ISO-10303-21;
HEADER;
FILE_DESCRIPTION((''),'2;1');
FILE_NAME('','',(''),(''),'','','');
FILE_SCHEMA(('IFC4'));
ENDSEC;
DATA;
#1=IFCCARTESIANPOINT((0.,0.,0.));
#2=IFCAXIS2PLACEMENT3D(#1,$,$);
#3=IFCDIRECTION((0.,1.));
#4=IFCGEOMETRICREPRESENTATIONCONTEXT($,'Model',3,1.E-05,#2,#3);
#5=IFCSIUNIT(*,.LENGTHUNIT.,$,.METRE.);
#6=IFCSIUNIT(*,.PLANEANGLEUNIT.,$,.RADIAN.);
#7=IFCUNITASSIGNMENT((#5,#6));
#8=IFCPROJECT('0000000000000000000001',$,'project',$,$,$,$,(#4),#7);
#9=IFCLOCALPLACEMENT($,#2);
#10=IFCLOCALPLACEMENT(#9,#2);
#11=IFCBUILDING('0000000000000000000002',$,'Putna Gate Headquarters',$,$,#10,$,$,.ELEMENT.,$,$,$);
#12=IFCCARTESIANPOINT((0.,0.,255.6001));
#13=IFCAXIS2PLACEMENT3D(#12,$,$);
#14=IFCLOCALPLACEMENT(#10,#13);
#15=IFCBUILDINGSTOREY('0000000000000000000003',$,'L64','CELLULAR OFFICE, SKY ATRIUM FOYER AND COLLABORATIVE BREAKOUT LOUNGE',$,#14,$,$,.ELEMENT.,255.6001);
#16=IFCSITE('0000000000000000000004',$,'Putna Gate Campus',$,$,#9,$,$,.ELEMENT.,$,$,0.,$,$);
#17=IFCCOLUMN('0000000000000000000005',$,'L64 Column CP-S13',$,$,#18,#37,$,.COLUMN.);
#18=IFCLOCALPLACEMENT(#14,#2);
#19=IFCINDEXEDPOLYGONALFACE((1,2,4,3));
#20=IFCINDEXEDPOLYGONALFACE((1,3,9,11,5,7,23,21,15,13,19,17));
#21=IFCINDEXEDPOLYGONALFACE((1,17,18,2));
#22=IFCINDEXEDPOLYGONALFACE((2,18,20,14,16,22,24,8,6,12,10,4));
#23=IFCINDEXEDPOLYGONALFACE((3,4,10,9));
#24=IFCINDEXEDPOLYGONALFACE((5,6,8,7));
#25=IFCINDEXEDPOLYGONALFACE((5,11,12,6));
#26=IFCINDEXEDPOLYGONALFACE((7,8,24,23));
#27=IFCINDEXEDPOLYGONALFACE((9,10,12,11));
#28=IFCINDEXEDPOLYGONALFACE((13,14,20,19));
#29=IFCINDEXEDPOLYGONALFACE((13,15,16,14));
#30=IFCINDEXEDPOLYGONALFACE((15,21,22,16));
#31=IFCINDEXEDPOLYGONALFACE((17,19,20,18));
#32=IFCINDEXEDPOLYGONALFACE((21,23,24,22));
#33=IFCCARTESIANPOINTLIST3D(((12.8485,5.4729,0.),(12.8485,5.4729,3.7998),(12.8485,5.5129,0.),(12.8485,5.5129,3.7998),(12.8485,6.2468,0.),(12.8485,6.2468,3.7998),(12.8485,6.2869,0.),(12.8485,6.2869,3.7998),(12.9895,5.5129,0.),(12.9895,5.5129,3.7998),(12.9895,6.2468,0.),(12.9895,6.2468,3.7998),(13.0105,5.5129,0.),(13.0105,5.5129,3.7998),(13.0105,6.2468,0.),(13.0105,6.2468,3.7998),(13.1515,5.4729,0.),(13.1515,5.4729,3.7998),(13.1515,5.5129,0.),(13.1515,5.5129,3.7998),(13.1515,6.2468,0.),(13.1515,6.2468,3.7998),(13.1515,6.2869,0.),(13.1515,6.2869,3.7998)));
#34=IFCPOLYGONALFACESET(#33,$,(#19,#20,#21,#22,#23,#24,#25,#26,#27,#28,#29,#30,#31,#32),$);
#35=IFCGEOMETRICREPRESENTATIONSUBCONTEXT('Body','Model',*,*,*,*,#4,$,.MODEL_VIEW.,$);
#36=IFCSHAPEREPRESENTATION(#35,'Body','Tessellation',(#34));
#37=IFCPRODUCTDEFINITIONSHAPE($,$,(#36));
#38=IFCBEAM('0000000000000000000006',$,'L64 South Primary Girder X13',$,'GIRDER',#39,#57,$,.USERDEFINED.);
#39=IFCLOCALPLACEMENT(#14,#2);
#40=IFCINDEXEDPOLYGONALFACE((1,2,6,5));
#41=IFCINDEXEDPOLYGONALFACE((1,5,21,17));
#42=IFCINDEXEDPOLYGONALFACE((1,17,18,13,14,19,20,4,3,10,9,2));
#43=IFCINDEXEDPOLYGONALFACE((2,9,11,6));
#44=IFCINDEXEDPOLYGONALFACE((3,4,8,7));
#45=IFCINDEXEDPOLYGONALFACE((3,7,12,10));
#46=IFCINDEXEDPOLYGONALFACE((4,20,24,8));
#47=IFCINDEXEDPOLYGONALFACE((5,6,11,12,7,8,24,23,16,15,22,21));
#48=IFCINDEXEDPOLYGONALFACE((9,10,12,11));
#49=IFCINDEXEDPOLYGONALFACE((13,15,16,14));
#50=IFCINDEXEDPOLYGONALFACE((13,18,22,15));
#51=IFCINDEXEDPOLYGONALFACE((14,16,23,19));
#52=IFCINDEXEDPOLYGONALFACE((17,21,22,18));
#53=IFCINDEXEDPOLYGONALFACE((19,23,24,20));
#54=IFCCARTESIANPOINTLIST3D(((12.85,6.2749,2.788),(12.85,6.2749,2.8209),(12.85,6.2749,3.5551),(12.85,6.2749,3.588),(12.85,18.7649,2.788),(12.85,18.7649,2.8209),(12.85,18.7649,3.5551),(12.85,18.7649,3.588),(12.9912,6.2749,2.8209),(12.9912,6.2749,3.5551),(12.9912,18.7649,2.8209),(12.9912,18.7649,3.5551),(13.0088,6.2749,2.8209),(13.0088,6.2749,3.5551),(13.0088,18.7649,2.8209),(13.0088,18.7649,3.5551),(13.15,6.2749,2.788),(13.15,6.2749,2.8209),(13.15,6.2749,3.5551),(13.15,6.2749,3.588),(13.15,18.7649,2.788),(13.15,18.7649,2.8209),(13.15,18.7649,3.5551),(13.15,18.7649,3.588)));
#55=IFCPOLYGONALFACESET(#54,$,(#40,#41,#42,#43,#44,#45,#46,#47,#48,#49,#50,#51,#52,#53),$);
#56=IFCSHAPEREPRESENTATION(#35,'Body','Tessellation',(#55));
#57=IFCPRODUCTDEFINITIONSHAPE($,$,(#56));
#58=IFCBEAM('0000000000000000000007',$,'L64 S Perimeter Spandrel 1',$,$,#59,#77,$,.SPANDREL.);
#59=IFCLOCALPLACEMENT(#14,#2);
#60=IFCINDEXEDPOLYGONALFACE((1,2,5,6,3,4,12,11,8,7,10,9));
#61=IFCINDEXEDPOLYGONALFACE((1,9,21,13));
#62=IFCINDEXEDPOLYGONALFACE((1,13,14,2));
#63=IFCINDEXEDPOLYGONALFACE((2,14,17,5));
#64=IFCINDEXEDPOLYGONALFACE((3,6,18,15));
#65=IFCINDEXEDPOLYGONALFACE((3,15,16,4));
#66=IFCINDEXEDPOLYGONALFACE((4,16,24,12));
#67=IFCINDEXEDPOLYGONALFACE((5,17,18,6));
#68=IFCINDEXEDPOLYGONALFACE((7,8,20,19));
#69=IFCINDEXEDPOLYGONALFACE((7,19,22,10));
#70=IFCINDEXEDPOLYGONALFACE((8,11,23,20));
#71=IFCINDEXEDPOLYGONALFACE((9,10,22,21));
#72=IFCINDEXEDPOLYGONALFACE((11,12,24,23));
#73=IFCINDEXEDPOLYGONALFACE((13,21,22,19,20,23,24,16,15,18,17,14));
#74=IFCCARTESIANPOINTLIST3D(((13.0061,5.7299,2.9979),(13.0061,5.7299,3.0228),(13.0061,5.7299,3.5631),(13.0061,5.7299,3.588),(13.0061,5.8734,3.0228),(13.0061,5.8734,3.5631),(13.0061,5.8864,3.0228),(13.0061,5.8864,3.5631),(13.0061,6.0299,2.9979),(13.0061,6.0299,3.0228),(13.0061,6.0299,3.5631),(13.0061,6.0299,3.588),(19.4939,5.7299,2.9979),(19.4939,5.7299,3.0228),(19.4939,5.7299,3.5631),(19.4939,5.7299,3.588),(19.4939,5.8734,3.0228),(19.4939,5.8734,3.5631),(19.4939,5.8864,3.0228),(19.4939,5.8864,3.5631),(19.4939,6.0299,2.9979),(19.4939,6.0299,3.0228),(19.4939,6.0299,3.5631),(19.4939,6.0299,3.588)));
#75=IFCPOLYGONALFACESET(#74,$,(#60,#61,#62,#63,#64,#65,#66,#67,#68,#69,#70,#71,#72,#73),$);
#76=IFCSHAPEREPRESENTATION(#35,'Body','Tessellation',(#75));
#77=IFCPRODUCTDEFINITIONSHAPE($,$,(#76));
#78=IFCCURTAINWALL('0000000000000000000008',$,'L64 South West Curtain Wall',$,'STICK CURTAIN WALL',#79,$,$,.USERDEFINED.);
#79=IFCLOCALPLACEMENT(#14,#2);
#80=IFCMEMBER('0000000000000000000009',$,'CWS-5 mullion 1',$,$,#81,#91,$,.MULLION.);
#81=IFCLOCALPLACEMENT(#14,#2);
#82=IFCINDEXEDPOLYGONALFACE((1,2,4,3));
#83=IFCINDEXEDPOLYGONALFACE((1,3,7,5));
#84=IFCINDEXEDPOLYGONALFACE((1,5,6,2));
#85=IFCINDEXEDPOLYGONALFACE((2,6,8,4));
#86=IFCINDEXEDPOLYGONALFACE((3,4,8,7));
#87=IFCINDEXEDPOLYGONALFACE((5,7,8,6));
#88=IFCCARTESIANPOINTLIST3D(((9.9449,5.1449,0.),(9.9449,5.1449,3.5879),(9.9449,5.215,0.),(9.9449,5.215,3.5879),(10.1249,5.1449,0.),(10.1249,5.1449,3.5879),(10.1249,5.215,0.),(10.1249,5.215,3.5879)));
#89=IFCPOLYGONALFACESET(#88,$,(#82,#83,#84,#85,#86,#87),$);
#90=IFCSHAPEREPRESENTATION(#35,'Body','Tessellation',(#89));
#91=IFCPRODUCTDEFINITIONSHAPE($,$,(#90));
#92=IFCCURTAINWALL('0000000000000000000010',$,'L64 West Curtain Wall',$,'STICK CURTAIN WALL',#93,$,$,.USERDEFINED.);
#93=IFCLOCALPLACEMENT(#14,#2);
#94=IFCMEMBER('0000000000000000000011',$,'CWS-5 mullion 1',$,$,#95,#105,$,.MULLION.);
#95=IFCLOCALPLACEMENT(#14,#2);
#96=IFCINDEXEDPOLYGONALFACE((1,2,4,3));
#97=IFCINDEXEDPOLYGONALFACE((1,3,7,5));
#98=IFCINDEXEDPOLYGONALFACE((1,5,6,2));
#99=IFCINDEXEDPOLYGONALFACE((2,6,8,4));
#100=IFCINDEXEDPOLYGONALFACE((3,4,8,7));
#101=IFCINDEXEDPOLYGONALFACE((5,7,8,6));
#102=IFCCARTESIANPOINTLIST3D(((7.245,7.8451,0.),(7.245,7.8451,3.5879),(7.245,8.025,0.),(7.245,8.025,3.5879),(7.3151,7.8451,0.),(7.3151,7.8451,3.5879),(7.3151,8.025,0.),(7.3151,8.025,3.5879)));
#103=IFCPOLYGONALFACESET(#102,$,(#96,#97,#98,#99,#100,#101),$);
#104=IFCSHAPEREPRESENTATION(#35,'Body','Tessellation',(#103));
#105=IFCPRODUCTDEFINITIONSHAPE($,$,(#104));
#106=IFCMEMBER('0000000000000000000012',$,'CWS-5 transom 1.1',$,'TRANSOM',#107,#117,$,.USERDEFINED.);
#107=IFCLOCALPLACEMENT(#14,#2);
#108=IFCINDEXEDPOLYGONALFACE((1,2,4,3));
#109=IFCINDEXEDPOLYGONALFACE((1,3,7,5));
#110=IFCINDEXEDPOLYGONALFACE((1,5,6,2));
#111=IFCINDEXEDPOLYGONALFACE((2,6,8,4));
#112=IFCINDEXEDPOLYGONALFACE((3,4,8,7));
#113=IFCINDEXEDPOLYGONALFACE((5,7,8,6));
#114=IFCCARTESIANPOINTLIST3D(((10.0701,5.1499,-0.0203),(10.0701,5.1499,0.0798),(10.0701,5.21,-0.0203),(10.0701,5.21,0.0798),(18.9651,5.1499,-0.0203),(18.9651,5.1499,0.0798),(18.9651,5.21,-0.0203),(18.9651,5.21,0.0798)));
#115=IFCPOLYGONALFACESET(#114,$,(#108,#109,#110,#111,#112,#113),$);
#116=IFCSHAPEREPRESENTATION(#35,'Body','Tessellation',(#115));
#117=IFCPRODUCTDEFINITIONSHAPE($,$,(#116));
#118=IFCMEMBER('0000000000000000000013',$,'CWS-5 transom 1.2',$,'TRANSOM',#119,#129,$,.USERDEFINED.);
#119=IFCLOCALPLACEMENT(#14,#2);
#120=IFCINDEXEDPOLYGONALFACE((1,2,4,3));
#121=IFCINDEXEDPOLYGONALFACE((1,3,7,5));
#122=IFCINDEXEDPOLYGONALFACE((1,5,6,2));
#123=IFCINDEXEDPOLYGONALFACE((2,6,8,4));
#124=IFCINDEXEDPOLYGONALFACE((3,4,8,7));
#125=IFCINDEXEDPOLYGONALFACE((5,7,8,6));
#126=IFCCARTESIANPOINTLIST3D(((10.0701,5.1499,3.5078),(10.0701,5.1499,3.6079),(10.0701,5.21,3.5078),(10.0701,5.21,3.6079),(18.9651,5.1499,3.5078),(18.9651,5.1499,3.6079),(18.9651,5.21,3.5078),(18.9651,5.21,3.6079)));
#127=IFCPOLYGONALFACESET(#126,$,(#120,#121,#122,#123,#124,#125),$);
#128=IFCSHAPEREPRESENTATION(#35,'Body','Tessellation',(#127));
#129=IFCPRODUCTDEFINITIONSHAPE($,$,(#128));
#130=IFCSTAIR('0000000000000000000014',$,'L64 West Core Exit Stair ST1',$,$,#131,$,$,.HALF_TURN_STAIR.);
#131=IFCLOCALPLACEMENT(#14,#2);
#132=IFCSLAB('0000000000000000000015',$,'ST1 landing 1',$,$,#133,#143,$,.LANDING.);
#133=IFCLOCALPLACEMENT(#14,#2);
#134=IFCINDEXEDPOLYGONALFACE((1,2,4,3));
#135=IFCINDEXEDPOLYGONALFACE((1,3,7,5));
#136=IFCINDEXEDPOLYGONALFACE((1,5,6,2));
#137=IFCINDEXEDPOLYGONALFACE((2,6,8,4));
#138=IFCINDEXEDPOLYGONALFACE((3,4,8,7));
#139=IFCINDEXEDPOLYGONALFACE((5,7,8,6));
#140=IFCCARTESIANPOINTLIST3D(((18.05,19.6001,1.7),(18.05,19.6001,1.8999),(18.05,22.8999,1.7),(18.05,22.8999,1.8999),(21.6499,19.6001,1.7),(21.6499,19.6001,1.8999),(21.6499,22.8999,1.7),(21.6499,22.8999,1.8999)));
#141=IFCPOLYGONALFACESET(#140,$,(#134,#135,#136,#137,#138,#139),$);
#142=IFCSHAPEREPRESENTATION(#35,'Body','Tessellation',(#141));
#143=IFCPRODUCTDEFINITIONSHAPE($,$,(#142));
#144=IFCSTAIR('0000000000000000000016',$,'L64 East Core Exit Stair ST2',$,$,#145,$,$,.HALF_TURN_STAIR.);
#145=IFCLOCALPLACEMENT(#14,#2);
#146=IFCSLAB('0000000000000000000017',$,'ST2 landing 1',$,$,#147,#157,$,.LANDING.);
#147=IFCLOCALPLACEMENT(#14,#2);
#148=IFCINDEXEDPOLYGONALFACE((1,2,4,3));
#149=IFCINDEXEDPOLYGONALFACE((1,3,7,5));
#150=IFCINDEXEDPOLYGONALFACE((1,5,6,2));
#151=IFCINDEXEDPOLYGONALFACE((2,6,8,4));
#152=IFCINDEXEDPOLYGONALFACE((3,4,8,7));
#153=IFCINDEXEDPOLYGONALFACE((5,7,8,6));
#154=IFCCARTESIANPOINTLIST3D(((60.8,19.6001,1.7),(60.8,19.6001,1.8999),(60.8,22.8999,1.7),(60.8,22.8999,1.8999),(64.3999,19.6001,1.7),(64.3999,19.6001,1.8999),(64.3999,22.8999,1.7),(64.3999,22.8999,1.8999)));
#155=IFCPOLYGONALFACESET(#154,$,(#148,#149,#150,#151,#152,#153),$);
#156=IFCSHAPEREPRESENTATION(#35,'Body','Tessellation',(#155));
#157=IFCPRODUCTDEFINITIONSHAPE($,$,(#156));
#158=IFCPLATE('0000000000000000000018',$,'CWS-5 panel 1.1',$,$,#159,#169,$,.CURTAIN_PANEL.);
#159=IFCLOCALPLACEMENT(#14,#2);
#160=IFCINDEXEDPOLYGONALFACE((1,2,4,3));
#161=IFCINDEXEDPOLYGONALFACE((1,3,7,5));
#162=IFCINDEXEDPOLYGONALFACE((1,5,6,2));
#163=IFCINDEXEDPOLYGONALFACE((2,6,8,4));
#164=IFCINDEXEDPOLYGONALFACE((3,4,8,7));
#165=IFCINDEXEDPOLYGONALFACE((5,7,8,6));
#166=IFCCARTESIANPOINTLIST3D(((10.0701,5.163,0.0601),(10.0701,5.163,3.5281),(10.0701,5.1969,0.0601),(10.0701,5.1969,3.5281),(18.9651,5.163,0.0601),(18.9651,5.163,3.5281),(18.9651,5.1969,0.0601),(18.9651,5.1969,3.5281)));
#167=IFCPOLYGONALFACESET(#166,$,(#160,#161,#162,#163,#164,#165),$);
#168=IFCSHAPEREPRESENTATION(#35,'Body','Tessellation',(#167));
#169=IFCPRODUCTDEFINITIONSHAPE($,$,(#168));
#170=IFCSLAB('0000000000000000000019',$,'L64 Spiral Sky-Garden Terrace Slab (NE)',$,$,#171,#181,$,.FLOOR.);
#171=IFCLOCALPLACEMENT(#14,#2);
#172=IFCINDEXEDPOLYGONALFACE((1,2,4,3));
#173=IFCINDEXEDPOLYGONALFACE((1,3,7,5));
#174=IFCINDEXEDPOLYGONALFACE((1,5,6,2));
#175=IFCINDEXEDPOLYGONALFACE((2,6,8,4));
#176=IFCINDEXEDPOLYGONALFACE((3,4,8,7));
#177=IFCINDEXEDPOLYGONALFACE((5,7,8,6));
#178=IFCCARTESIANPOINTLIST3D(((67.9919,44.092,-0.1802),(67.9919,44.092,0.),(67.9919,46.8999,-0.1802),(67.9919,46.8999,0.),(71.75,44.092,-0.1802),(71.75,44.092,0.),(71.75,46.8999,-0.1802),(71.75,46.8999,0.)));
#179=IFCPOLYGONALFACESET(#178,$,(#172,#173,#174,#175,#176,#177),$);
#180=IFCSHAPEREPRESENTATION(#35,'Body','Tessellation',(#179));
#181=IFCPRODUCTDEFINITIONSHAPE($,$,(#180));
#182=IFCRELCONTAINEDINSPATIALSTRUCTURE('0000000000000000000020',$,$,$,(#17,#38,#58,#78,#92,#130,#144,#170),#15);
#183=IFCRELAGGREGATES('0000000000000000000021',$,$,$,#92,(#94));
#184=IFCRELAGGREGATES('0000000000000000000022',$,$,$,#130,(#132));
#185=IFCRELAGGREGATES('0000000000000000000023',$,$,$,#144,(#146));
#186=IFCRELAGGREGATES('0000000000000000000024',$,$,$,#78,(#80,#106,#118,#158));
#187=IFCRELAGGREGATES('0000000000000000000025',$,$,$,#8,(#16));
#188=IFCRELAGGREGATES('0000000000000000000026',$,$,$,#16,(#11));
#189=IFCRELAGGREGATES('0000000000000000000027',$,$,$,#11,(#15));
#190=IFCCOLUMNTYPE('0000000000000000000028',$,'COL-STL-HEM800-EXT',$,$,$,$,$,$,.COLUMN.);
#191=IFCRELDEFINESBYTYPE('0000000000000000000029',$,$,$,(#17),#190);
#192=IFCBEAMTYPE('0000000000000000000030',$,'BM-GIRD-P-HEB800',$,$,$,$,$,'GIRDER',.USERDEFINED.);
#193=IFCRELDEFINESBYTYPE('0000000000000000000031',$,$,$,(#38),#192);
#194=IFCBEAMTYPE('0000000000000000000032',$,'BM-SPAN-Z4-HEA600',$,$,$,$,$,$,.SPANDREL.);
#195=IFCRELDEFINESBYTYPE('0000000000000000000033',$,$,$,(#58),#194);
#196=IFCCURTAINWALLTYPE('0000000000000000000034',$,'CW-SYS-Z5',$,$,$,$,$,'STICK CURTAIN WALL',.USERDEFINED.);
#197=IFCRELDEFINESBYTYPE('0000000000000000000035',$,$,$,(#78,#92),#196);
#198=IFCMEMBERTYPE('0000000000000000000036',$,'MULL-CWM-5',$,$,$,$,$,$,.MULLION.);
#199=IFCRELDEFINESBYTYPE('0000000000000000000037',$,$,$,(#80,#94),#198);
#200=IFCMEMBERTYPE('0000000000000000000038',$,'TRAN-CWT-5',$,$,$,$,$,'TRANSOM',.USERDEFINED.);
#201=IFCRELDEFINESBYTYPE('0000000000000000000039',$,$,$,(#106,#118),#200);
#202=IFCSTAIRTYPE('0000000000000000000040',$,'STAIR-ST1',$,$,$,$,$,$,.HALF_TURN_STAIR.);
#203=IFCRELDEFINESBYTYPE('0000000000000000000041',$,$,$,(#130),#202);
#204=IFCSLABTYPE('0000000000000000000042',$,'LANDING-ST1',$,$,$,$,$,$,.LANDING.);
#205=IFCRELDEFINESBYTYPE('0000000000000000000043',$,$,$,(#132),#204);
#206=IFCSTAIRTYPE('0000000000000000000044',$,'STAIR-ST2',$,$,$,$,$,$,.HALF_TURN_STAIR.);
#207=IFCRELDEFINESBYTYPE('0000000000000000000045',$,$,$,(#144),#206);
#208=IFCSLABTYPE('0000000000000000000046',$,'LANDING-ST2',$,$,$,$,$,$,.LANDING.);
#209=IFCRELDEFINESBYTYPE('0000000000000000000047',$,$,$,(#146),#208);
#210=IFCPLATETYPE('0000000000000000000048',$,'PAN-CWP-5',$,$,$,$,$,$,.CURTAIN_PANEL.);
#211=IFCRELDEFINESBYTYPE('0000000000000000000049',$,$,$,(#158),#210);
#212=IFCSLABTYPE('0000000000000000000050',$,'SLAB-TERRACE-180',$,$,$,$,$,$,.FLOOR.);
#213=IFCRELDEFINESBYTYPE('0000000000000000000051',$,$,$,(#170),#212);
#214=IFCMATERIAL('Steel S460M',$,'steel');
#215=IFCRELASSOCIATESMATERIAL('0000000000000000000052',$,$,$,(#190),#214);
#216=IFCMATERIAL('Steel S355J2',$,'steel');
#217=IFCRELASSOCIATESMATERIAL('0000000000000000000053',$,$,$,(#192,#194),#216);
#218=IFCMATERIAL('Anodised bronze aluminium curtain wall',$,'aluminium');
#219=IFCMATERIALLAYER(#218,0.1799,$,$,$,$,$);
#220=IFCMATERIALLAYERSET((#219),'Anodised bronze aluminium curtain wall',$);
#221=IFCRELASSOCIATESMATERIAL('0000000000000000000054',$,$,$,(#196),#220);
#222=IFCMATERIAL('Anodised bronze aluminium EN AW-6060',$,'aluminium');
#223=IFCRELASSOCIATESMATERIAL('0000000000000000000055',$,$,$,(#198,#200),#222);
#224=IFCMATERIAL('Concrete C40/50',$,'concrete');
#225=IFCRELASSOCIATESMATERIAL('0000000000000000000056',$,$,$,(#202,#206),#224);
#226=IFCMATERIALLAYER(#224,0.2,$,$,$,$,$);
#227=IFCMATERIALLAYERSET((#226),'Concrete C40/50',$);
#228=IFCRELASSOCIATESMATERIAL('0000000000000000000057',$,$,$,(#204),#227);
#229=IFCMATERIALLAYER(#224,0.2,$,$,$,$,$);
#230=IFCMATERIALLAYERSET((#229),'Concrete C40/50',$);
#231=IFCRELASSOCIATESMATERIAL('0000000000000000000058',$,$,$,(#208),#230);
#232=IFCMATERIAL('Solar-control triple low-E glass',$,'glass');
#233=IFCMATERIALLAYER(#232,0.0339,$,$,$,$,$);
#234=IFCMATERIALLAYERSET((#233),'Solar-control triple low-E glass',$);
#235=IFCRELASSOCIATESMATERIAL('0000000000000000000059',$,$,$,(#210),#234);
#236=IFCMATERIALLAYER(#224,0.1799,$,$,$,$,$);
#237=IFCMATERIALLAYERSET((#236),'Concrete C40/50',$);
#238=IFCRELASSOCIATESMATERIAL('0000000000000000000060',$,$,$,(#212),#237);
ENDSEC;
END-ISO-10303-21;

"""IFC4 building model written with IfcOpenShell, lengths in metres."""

from ifc_helpers import new_model, si_unit, direction, frame, origin, origin_2d, place, context, subcontext, project, spatial, polyline, rectangle, i_section, outline, extrude, material, layer, layer_set, material_profile, profile_set, type_object, element, aggregate, save


model = new_model("IFC4")

# Units and contexts
model_context = context("Model", 3, precision=1e-05, world=origin(), true_north=direction((0.0, 1.0)))
body_context = subcontext(model_context, "Body", "Model", "MODEL_VIEW")
ifc_project = project(units=[si_unit("LENGTHUNIT", "METRE"), si_unit("PLANEANGLEUNIT", "RADIAN")], contexts=[model_context])

# Site, building, storey
site_placement = place(None, origin())
site = spatial("IfcSite", under=ifc_project, at=site_placement, Name="Putna Gate Campus", CompositionType="ELEMENT", RefElevation=0.0)
building_placement = place(site_placement, origin())
building = spatial("IfcBuilding", under=site, at=building_placement, Name="Putna Gate Headquarters", CompositionType="ELEMENT")
storey_placement = place(building_placement, frame((0.0, 0.0, 255.6001)))
storey = spatial("IfcBuildingStorey", under=building, at=storey_placement, Name="L64", Description="CELLULAR OFFICE, SKY ATRIUM FOYER AND COLLABORATIVE BREAKOUT LOUNGE", CompositionType="ELEMENT", Elevation=255.6001)

# Column
ifc_material_1 = material(Name="Steel S460M", Category="steel")
ifc_material_profile_1 = material_profile(ifc_material_1, i_section(OverallWidth=0.303, OverallDepth=0.814, WebThickness=0.021, FlangeThickness=0.04, at=origin_2d()), Name="Steel S460M")
ifc_profile_set_1 = profile_set([ifc_material_profile_1], Name="Steel S460M")
column_type = type_object("IfcColumnType", Name="COL-STL-HEM800-EXT", PredefinedType="COLUMN", material=ifc_profile_set_1)
column_placement = place(storey_placement, frame((13.0, 5.8799, 0.0), z_axis=(0.0, 0.0, 1.0), x_axis=(1.0, 0.0, 0.0)))
element("IfcColumn", 1, at=column_placement, inside=storey, type_object=column_type, Name="L64 Column CP-S13", PredefinedType="COLUMN", context=body_context, shape_type="SweptSolid", body=[
    extrude(i_section(OverallWidth=0.303, OverallDepth=0.814, WebThickness=0.021, FlangeThickness=0.04, at=origin_2d()), origin(), (0.0, 0.0, 1.0), 3.7998),
])

# Beams
ifc_material_2 = material(Name="Steel S355J2", Category="steel")
ifc_material_profile_2 = material_profile(ifc_material_2, i_section(OverallWidth=0.3, OverallDepth=0.8, WebThickness=0.0176, FlangeThickness=0.033, at=origin_2d()), Name="Steel S355J2")
ifc_profile_set_2 = profile_set([ifc_material_profile_2], Name="Steel S355J2")
beam_type_1 = type_object("IfcBeamType", Name="BM-GIRD-P-HEB800", ElementType="GIRDER", PredefinedType="USERDEFINED", material=ifc_profile_set_2)
beam_1_placement = place(storey_placement, frame((13.0, 6.2749, 3.188), z_axis=(0.0, 1.0, 0.0), x_axis=(-1.0, 0.0, 0.0)))
element("IfcBeam", 2, at=beam_1_placement, inside=storey, type_object=beam_type_1, Name="L64 South Primary Girder X13", ObjectType="GIRDER", PredefinedType="USERDEFINED", context=body_context, shape_type="SweptSolid", body=[
    extrude(i_section(OverallWidth=0.3, OverallDepth=0.8, WebThickness=0.0176, FlangeThickness=0.033, at=origin_2d()), origin(), (0.0, 0.0, 1.0), 12.49),
])
ifc_material_profile_3 = material_profile(ifc_material_2, i_section(OverallWidth=0.3, OverallDepth=0.5901, WebThickness=0.0129, FlangeThickness=0.0249, at=origin_2d()), Name="Steel S355J2")
ifc_profile_set_3 = profile_set([ifc_material_profile_3], Name="Steel S355J2")
beam_type_2 = type_object("IfcBeamType", Name="BM-SPAN-Z4-HEA600", PredefinedType="SPANDREL", material=ifc_profile_set_3)
beam_2_placement = place(storey_placement, frame((13.0061, 5.8799, 3.293), z_axis=(1.0, 0.0, 0.0), x_axis=(0.0, 1.0, 0.0)))
element("IfcBeam", 3, at=beam_2_placement, inside=storey, type_object=beam_type_2, Name="L64 S Perimeter Spandrel 1", PredefinedType="SPANDREL", context=body_context, shape_type="SweptSolid", body=[
    extrude(i_section(OverallWidth=0.3, OverallDepth=0.5901, WebThickness=0.0129, FlangeThickness=0.0249, at=origin_2d()), origin(), (0.0, 0.0, 1.0), 6.4878),
])

# Curtain walls, members
ifc_material_3 = material(Name="Anodised bronze aluminium curtain wall", Category="aluminium")
ifc_layer_1 = layer(ifc_material_3, 0.1799)
ifc_layer_set_1 = layer_set([ifc_layer_1], Name="Anodised bronze aluminium curtain wall")
curtain_wall_type = type_object("IfcCurtainWallType", Name="CW-SYS-Z5", ElementType="STICK CURTAIN WALL", PredefinedType="USERDEFINED", material=ifc_layer_set_1)
curtain_wall_1_placement = place(storey_placement, origin())
curtain_wall_1 = element("IfcCurtainWall", 4, at=curtain_wall_1_placement, inside=storey, type_object=curtain_wall_type, Name="L64 South West Curtain Wall", ObjectType="STICK CURTAIN WALL", PredefinedType="USERDEFINED")
ifc_material_4 = material(Name="Anodised bronze aluminium EN AW-6060", Category="aluminium")
ifc_material_profile_4 = material_profile(ifc_material_4, rectangle(XDim=0.0701, YDim=0.1799, at=origin_2d()), Name="Anodised bronze aluminium EN AW-6060")
ifc_profile_set_4 = profile_set([ifc_material_profile_4], Name="Anodised bronze aluminium EN AW-6060")
member_type_1 = type_object("IfcMemberType", Name="MULL-CWM-5", PredefinedType="MULLION", material=ifc_profile_set_4)
member_1_placement = place(storey_placement, frame((10.0349, 5.1799, 0.0), z_axis=(0.0, 0.0, 1.0), x_axis=(0.0, 1.0, 0.0)))
member_1 = element("IfcMember", 5, at=member_1_placement, type_object=member_type_1, Name="CWS-5 mullion 1", PredefinedType="MULLION", context=body_context, shape_type="SweptSolid", body=[
    extrude(rectangle(XDim=0.0701, YDim=0.1799, at=origin_2d()), origin(), (0.0, 0.0, 1.0), 3.5879),
])
curtain_wall_2_placement = place(storey_placement, origin())
curtain_wall_2 = element("IfcCurtainWall", 6, at=curtain_wall_2_placement, inside=storey, type_object=curtain_wall_type, Name="L64 West Curtain Wall", ObjectType="STICK CURTAIN WALL", PredefinedType="USERDEFINED")
member_2_placement = place(storey_placement, frame((7.28, 7.9351, 0.0), z_axis=(0.0, 0.0, 1.0), x_axis=(-1.0, 0.0, 0.0)))
member_2 = element("IfcMember", 7, at=member_2_placement, type_object=member_type_1, Name="CWS-5 mullion 1", PredefinedType="MULLION", context=body_context, shape_type="SweptSolid", body=[
    extrude(rectangle(XDim=0.0701, YDim=0.1799, at=origin_2d()), origin(), (0.0, 0.0, 1.0), 3.5879),
])
aggregate(curtain_wall_2, [member_2])

# Members
ifc_material_profile_5 = material_profile(ifc_material_4, rectangle(XDim=0.0601, YDim=0.1001, at=origin_2d()), Name="Anodised bronze aluminium EN AW-6060")
ifc_profile_set_5 = profile_set([ifc_material_profile_5], Name="Anodised bronze aluminium EN AW-6060")
member_type_2 = type_object("IfcMemberType", Name="TRAN-CWT-5", ElementType="TRANSOM", PredefinedType="USERDEFINED", material=ifc_profile_set_5)
member_3_placement = place(storey_placement, frame((10.0701, 5.1799, 0.0298), z_axis=(1.0, 0.0, 0.0), x_axis=(0.0, 1.0, 0.0)))
member_3 = element("IfcMember", 8, at=member_3_placement, type_object=member_type_2, Name="CWS-5 transom 1.1", ObjectType="TRANSOM", PredefinedType="USERDEFINED", context=body_context, shape_type="SweptSolid", body=[
    extrude(rectangle(XDim=0.0601, YDim=0.1001, at=origin_2d()), origin(), (0.0, 0.0, 1.0), 8.895),
])
member_4_placement = place(storey_placement, frame((10.0701, 5.1799, 3.5579), z_axis=(1.0, 0.0, 0.0), x_axis=(0.0, 1.0, 0.0)))
member_4 = element("IfcMember", 9, at=member_4_placement, type_object=member_type_2, Name="CWS-5 transom 1.2", ObjectType="TRANSOM", PredefinedType="USERDEFINED", context=body_context, shape_type="SweptSolid", body=[
    extrude(rectangle(XDim=0.0601, YDim=0.1001, at=origin_2d()), origin(), (0.0, 0.0, 1.0), 8.895),
])

# Stairs, slabs
ifc_material_5 = material(Name="Concrete C40/50", Category="concrete")
stair_type_1 = type_object("IfcStairType", Name="STAIR-ST1", PredefinedType="HALF_TURN_STAIR", material=ifc_material_5)
stair_1_placement = place(storey_placement, origin())
stair_1 = element("IfcStair", 10, at=stair_1_placement, inside=storey, type_object=stair_type_1, Name="L64 West Core Exit Stair ST1", PredefinedType="HALF_TURN_STAIR")
ifc_layer_2 = layer(ifc_material_5, 0.2)
ifc_layer_set_2 = layer_set([ifc_layer_2], Name="Concrete C40/50")
slab_type_1 = type_object("IfcSlabType", Name="LANDING-ST1", PredefinedType="LANDING", material=ifc_layer_set_2)
slab_1_placement = place(storey_placement, frame((0.0, 0.0, 1.7)))
slab_1 = element("IfcSlab", 11, at=slab_1_placement, type_object=slab_type_1, Name="ST1 landing 1", PredefinedType="LANDING", context=body_context, shape_type="SweptSolid", body=[
    extrude(outline(polyline([(18.05, 19.6001), (21.6499, 19.6001), (21.6499, 22.8999), (18.05, 22.8999), (18.05, 19.6001)])), origin(), (0.0, 0.0, 1.0), 0.2),
])
aggregate(stair_1, [slab_1])
stair_type_2 = type_object("IfcStairType", Name="STAIR-ST2", PredefinedType="HALF_TURN_STAIR", material=ifc_material_5)
stair_2_placement = place(storey_placement, origin())
stair_2 = element("IfcStair", 12, at=stair_2_placement, inside=storey, type_object=stair_type_2, Name="L64 East Core Exit Stair ST2", PredefinedType="HALF_TURN_STAIR")
ifc_layer_3 = layer(ifc_material_5, 0.2)
ifc_layer_set_3 = layer_set([ifc_layer_3], Name="Concrete C40/50")
slab_type_2 = type_object("IfcSlabType", Name="LANDING-ST2", PredefinedType="LANDING", material=ifc_layer_set_3)
slab_2_placement = place(storey_placement, frame((0.0, 0.0, 1.7)))
slab_2 = element("IfcSlab", 13, at=slab_2_placement, type_object=slab_type_2, Name="ST2 landing 1", PredefinedType="LANDING", context=body_context, shape_type="SweptSolid", body=[
    extrude(outline(polyline([(60.8, 19.6001), (64.3999, 19.6001), (64.3999, 22.8999), (60.8, 22.8999), (60.8, 19.6001)])), origin(), (0.0, 0.0, 1.0), 0.2),
])
aggregate(stair_2, [slab_2])

# Plate
ifc_material_6 = material(Name="Solar-control triple low-E glass", Category="glass")
ifc_layer_4 = layer(ifc_material_6, 0.0339)
ifc_layer_set_4 = layer_set([ifc_layer_4], Name="Solar-control triple low-E glass")
plate_type = type_object("IfcPlateType", Name="PAN-CWP-5", PredefinedType="CURTAIN_PANEL", material=ifc_layer_set_4)
plate_placement = place(storey_placement, frame((14.5176, 5.1799, 0.0601), z_axis=(0.0, 0.0, 1.0), x_axis=(1.0, 0.0, 0.0)))
plate = element("IfcPlate", 14, at=plate_placement, type_object=plate_type, Name="CWS-5 panel 1.1", PredefinedType="CURTAIN_PANEL", context=body_context, shape_type="SweptSolid", body=[
    extrude(rectangle(XDim=8.895, YDim=0.0339, at=origin_2d()), origin(), (0.0, 0.0, 1.0), 3.468),
])
aggregate(curtain_wall_1, [member_1, member_3, member_4, plate])

# Slab
ifc_layer_5 = layer(ifc_material_5, 0.1799)
ifc_layer_set_5 = layer_set([ifc_layer_5], Name="Concrete C40/50")
slab_type_3 = type_object("IfcSlabType", Name="SLAB-TERRACE-180", PredefinedType="FLOOR", material=ifc_layer_set_5)
slab_3_placement = place(storey_placement, frame((0.0, 0.0, -0.1802)))
element("IfcSlab", 15, at=slab_3_placement, inside=storey, type_object=slab_type_3, Name="L64 Spiral Sky-Garden Terrace Slab (NE)", PredefinedType="FLOOR", context=body_context, shape_type="SweptSolid", body=[
    extrude(outline(polyline([(67.9919, 44.092), (71.75, 44.092), (71.75, 46.8999), (67.9919, 46.8999), (67.9919, 44.092)])), origin(), (0.0, 0.0, 1.0), 0.1802),
])

save(model, "model.ifc")
